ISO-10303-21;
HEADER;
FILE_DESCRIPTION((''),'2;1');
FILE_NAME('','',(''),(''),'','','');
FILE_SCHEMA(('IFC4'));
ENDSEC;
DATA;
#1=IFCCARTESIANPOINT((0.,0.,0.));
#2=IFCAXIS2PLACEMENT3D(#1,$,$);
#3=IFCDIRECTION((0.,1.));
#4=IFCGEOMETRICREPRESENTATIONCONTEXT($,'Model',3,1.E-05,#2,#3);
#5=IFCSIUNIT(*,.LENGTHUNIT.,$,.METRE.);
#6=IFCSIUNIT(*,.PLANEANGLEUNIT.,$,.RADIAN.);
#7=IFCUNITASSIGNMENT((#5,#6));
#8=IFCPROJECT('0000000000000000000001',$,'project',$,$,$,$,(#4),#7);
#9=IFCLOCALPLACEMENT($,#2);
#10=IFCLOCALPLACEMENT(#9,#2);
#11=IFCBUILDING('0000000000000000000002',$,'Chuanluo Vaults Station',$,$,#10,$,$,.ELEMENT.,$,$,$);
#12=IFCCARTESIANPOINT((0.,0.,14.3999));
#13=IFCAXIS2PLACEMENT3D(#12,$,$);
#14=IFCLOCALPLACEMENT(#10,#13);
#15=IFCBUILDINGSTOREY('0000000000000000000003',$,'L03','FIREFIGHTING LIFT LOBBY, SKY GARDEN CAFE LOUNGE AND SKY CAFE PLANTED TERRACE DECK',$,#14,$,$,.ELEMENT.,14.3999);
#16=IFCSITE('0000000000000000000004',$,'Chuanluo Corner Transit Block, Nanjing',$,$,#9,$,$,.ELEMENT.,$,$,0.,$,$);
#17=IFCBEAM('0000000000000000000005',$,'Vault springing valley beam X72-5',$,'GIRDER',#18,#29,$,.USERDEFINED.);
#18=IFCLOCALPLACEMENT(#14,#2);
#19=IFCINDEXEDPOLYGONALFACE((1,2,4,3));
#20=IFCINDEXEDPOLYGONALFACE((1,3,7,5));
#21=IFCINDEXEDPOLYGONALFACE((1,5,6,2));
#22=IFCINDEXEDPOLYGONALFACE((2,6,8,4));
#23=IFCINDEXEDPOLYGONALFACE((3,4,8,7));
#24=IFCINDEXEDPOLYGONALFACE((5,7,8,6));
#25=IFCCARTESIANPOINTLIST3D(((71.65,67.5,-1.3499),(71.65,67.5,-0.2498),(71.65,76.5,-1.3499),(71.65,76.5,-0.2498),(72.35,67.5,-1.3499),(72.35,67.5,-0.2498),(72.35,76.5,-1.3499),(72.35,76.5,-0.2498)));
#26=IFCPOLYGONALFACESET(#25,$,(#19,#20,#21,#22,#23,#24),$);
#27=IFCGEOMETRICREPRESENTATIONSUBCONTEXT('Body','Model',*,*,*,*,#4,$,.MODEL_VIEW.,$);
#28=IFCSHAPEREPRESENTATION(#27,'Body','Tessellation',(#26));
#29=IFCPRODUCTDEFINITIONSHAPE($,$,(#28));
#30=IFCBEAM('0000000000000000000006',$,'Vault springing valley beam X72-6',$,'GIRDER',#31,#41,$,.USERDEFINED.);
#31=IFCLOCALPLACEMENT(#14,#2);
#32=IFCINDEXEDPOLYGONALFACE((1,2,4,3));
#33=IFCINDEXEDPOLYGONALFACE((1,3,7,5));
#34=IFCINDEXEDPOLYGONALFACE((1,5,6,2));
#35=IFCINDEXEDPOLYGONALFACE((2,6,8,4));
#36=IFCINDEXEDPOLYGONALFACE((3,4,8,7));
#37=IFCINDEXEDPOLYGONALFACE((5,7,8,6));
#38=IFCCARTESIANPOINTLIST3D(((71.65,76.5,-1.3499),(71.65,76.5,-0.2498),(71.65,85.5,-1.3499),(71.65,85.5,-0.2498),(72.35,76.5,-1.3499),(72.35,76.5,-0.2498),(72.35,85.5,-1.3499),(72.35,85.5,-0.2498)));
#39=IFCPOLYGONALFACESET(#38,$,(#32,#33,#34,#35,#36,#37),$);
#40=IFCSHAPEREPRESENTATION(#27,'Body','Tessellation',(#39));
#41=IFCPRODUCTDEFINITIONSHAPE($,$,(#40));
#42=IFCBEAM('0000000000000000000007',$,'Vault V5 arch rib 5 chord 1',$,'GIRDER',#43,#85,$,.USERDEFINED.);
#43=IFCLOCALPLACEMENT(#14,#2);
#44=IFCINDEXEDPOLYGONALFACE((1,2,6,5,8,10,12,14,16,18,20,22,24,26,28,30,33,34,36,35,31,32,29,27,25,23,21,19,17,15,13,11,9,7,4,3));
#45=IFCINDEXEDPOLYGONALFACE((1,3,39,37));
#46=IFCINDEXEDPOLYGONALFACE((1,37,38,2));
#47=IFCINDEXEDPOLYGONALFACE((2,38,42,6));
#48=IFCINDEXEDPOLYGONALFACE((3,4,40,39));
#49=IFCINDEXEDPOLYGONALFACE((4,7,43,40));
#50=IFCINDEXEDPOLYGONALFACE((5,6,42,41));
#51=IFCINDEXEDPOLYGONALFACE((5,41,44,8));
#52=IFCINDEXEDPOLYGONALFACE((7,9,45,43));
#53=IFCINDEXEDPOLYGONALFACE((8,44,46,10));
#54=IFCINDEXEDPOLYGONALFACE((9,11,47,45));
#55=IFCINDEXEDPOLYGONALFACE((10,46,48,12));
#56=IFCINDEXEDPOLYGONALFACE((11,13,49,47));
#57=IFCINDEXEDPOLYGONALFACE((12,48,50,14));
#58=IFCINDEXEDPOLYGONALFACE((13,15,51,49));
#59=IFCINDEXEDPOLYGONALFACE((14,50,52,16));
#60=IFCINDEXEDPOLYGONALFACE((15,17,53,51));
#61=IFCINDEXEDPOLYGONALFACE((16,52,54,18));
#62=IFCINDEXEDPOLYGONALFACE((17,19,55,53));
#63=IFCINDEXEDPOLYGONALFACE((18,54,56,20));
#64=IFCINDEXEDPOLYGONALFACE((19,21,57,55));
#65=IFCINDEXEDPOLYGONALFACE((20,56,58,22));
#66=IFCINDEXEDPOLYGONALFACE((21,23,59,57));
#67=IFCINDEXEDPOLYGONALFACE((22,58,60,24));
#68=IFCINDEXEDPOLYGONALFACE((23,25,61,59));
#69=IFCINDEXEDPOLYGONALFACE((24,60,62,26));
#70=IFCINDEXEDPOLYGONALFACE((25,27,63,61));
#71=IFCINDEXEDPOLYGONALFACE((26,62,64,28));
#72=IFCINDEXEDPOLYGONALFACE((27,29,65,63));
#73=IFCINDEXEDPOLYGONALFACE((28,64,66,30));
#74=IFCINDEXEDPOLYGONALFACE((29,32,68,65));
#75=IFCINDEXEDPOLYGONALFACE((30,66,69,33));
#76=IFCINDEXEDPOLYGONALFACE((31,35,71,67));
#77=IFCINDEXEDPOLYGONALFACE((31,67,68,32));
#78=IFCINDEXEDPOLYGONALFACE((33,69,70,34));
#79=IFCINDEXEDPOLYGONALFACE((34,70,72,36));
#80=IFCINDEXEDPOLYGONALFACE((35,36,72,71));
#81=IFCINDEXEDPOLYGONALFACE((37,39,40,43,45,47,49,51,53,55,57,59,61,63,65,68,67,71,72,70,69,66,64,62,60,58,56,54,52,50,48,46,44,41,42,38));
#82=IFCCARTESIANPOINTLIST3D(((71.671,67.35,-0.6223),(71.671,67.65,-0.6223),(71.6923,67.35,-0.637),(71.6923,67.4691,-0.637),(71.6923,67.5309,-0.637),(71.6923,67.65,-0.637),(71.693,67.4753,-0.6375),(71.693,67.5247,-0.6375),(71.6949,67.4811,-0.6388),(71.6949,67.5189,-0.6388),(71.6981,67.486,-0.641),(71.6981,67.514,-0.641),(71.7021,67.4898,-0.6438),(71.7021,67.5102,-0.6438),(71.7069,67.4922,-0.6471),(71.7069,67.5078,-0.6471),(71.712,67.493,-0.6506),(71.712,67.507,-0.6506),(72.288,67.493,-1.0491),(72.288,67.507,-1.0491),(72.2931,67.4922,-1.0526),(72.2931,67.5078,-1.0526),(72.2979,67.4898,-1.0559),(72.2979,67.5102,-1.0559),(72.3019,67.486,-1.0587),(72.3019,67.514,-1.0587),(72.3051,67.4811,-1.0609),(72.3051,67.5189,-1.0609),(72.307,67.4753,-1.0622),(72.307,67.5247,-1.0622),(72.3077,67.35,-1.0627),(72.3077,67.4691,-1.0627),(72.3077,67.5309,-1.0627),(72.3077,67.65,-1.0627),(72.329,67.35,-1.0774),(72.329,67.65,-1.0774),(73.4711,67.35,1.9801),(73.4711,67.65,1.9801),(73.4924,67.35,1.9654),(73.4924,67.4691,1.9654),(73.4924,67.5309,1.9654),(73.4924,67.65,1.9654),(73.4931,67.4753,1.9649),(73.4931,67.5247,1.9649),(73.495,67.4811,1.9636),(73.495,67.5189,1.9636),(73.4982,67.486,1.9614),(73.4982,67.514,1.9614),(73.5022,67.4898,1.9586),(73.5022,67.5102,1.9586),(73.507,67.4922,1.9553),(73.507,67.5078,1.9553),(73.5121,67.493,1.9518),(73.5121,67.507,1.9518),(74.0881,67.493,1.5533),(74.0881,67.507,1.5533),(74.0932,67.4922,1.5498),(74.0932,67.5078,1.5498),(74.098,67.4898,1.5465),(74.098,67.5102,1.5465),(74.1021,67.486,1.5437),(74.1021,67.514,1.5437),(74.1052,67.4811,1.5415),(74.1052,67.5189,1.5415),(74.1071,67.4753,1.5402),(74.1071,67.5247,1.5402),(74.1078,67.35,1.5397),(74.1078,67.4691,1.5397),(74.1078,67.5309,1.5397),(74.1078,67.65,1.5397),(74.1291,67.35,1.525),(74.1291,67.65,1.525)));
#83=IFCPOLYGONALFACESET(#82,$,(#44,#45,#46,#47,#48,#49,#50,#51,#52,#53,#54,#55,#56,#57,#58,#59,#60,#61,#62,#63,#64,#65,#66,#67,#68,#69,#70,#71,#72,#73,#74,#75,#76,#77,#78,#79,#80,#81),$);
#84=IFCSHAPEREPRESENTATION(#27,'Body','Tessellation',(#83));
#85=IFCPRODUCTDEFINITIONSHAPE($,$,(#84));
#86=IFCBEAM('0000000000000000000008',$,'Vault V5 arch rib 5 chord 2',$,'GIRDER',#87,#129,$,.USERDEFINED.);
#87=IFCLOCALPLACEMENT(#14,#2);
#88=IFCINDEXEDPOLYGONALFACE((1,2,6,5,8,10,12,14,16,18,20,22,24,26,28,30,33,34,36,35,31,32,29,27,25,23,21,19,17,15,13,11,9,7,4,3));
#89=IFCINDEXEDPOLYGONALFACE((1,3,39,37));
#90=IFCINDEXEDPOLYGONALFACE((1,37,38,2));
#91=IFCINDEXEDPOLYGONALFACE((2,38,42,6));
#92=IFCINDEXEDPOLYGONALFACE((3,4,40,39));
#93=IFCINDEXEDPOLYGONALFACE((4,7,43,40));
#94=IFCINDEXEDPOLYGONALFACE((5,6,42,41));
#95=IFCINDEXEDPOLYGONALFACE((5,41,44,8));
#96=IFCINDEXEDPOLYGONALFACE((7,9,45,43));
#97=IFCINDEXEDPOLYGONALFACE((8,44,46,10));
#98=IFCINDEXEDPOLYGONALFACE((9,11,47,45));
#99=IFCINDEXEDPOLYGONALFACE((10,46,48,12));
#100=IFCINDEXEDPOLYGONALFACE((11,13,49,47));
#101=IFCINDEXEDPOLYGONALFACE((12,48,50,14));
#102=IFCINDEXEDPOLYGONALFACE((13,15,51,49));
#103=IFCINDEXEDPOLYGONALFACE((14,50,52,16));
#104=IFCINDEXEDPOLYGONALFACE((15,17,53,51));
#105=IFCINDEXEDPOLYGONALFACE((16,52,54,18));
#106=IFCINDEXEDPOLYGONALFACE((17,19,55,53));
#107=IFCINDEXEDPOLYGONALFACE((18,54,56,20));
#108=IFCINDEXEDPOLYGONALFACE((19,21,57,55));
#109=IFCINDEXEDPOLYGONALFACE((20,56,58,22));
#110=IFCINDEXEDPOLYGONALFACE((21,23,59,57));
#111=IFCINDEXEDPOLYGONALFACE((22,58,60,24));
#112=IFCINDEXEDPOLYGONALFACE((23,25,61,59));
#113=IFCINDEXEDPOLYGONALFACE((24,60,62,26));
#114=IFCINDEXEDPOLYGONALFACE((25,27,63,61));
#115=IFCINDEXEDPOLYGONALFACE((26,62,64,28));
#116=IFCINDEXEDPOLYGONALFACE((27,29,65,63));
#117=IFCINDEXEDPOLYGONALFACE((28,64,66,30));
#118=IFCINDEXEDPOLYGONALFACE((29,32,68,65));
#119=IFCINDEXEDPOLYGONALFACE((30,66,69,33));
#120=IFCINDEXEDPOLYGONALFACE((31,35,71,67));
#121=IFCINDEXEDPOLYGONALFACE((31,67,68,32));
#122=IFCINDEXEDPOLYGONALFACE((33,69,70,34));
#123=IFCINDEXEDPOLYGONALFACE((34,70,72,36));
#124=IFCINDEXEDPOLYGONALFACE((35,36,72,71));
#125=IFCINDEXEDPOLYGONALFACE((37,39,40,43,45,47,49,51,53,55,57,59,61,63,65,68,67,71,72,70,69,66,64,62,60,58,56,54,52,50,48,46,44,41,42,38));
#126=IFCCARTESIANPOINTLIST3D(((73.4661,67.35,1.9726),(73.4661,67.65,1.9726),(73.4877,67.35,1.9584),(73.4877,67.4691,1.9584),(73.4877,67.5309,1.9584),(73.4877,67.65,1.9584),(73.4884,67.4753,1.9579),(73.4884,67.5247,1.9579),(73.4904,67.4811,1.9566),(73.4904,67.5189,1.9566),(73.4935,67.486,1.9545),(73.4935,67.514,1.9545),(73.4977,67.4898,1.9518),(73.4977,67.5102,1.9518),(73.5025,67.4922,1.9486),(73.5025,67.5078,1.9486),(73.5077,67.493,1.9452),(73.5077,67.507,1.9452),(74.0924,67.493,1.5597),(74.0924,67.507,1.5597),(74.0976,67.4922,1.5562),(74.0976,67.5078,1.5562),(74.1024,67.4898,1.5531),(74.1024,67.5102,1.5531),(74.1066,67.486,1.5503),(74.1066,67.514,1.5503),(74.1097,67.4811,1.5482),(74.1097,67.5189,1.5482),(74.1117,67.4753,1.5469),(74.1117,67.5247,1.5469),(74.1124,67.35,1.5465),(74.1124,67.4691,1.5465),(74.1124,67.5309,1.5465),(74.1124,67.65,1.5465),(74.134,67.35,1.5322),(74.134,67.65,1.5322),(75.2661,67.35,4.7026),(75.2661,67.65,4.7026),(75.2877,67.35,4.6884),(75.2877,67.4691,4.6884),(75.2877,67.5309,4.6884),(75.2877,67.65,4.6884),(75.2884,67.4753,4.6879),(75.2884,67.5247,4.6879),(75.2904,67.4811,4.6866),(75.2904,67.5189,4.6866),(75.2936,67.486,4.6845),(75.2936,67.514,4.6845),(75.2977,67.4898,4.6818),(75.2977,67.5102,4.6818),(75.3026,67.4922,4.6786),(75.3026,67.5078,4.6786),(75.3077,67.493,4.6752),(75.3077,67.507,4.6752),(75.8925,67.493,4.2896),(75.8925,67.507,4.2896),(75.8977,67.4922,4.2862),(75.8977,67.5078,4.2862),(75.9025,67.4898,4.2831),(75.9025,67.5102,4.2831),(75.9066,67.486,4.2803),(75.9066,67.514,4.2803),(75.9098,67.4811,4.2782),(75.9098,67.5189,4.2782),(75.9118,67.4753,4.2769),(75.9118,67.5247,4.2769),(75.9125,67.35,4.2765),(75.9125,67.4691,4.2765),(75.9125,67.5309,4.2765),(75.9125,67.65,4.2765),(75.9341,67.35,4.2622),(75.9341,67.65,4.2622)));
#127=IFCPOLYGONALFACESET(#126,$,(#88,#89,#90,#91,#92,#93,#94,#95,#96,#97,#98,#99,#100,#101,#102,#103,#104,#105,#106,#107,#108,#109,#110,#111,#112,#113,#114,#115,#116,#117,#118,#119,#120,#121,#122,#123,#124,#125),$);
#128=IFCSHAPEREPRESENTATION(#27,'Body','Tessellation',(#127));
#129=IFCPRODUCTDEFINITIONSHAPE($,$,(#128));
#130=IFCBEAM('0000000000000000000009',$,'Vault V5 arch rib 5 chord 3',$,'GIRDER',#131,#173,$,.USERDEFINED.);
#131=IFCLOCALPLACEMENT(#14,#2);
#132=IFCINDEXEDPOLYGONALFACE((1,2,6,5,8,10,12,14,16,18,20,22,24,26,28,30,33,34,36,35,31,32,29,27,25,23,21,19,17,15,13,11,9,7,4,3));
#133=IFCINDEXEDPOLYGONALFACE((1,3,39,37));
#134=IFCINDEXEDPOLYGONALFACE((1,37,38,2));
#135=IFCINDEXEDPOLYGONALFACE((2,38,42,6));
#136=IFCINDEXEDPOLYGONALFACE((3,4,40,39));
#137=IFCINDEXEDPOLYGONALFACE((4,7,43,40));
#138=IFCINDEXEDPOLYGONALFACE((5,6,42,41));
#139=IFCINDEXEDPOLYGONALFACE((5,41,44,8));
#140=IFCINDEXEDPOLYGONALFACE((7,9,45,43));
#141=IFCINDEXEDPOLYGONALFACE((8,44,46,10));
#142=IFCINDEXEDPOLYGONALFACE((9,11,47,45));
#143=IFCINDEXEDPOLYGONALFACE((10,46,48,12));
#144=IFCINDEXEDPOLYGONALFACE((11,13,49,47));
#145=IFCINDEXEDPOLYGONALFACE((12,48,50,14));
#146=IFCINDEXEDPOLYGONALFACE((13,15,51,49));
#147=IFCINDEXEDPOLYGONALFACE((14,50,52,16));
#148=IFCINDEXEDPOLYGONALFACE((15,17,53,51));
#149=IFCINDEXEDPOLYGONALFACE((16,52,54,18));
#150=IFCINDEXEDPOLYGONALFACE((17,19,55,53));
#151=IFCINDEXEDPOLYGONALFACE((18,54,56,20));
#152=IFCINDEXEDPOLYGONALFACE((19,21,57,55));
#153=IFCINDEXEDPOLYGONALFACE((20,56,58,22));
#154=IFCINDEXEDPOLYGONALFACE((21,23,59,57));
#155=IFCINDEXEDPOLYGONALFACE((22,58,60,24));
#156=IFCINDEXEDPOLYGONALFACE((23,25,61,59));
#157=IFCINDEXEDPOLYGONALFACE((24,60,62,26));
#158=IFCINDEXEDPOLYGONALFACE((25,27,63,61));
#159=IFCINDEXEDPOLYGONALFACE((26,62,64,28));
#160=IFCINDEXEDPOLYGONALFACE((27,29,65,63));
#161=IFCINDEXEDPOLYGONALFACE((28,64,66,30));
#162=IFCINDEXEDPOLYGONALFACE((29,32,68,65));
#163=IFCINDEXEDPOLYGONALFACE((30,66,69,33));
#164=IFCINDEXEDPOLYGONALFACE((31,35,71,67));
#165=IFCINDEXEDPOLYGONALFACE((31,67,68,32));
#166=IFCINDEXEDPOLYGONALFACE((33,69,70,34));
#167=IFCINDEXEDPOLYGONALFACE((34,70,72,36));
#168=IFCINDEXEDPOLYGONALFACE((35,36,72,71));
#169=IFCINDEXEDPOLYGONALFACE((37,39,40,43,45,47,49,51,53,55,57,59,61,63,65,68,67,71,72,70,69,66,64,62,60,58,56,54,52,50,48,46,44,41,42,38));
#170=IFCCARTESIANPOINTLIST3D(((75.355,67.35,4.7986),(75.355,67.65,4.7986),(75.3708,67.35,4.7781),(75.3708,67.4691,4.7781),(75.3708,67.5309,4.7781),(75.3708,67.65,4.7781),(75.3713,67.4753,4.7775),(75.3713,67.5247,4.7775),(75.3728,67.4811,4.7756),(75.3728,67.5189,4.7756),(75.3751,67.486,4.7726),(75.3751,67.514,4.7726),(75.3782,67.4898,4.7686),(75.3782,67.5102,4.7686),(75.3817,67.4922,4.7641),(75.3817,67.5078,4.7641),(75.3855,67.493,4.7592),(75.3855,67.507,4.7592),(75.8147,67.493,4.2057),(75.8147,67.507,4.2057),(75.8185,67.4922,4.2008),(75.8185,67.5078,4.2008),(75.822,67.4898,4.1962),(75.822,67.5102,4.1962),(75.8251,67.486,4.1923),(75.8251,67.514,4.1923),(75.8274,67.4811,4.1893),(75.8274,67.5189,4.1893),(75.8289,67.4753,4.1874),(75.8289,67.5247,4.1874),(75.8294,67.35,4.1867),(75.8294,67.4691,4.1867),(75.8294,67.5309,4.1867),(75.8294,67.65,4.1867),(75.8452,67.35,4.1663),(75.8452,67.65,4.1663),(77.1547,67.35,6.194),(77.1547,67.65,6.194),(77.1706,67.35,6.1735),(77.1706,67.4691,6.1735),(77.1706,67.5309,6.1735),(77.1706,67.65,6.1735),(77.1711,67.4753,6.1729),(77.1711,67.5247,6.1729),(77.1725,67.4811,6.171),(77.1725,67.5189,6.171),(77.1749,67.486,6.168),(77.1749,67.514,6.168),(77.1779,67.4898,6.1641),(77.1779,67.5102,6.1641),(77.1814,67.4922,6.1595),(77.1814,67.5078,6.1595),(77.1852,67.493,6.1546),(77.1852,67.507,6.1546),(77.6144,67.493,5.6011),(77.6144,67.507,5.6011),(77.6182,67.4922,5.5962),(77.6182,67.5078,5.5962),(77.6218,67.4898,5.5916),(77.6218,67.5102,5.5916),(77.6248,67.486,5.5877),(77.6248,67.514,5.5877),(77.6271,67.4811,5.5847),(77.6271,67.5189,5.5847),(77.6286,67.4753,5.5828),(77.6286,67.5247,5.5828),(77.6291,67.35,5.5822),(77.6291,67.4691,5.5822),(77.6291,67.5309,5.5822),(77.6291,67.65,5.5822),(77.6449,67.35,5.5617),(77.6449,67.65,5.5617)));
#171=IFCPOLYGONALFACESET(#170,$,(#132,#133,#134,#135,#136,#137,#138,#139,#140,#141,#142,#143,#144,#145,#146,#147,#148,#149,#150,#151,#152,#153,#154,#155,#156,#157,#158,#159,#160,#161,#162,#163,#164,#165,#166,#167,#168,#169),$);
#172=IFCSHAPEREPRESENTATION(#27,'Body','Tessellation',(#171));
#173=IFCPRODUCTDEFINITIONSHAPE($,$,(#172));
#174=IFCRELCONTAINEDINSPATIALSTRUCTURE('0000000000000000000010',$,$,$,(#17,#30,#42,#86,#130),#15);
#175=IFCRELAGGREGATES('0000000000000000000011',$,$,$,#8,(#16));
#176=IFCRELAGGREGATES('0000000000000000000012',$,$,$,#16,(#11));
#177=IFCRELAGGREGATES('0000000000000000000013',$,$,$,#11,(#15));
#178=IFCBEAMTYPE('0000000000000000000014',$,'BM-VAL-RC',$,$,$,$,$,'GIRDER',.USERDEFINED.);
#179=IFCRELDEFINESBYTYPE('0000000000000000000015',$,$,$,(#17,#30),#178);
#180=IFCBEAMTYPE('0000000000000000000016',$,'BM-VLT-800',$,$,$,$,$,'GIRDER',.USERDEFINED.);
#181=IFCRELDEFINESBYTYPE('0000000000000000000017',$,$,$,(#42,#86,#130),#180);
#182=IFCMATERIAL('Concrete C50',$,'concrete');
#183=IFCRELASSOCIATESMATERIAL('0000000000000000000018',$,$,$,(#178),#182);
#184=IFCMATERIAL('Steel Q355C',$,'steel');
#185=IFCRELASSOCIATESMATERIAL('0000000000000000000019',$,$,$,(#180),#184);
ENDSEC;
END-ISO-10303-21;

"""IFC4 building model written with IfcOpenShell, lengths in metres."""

from ifc_helpers import new_model, si_unit, direction, frame, origin, origin_2d, place, context, subcontext, project, spatial, rectangle, i_section, extrude, material, material_profile, profile_set, type_object, element, save


model = new_model("IFC4")

# Units and contexts
model_context = context("Model", 3, precision=1e-05, world=origin(), true_north=direction((0.0, 1.0)))
body_context = subcontext(model_context, "Body", "Model", "MODEL_VIEW")
ifc_project = project(units=[si_unit("LENGTHUNIT", "METRE"), si_unit("PLANEANGLEUNIT", "RADIAN")], contexts=[model_context])

# Site, building, storey
site_placement = place(None, origin())
site = spatial("IfcSite", under=ifc_project, at=site_placement, Name="Chuanluo Corner Transit Block, Nanjing", CompositionType="ELEMENT", RefElevation=0.0)
building_placement = place(site_placement, origin())
building = spatial("IfcBuilding", under=site, at=building_placement, Name="Chuanluo Vaults Station", CompositionType="ELEMENT")
storey_placement = place(building_placement, frame((0.0, 0.0, 14.3999)))
storey = spatial("IfcBuildingStorey", under=building, at=storey_placement, Name="L03", Description="FIREFIGHTING LIFT LOBBY, SKY GARDEN CAFE LOUNGE AND SKY CAFE PLANTED TERRACE DECK", CompositionType="ELEMENT", Elevation=14.3999)

# Beams
ifc_material_1 = material(Name="Concrete C50", Category="concrete")
ifc_material_profile_1 = material_profile(ifc_material_1, rectangle(XDim=0.7, YDim=1.1001, at=origin_2d()))
ifc_profile_set_1 = profile_set([ifc_material_profile_1], Name="Concrete C50")
beam_type_1 = type_object("IfcBeamType", Name="BM-VAL-RC", ElementType="GIRDER", PredefinedType="USERDEFINED", material=ifc_profile_set_1)
for number, where, z_axis, x_axis, name in (
    (1, (72.0, 67.5, -0.7998), (0.0, 1.0, 0.0), (-1.0, 0.0, 0.0), "Vault springing valley beam X72-5"),
    (2, (72.0, 76.5, -0.7998), (0.0, 1.0, 0.0), (-1.0, 0.0, 0.0), "Vault springing valley beam X72-6"),
):
    element("IfcBeam", number, at=place(storey_placement, frame(where, z_axis=z_axis, x_axis=x_axis)), inside=storey, type_object=beam_type_1, Name=name, ObjectType="GIRDER", PredefinedType="USERDEFINED", context=body_context, shape_type="SweptSolid", body=[
        extrude(rectangle(XDim=0.7, YDim=1.1001, at=origin_2d()), origin(), (0.0, 0.0, 1.0), 9.0),
    ])
ifc_material_2 = material(Name="Steel Q355C", Category="steel")
ifc_material_profile_2 = material_profile(ifc_material_2, i_section(OverallWidth=0.3, OverallDepth=0.8, WebThickness=0.0139, FlangeThickness=0.0259, FilletRadius=0.0239, at=origin_2d()))
ifc_profile_set_2 = profile_set([ifc_material_profile_2], Name="Steel Q355C")
beam_type_2 = type_object("IfcBeamType", Name="BM-VLT-800", ElementType="GIRDER", PredefinedType="USERDEFINED", material=ifc_profile_set_2)
beam_1_placement = place(storey_placement, frame((72.0, 67.5, -0.8499), z_axis=(0.568881, 0.0, 0.82242), x_axis=(0.0, 1.0, 0.0)))
element("IfcBeam", 3, at=beam_1_placement, inside=storey, type_object=beam_type_2, Name="Vault V5 arch rib 5 chord 1", ObjectType="GIRDER", PredefinedType="USERDEFINED", context=body_context, shape_type="SweptSolid", body=[
    extrude(i_section(OverallWidth=0.3, OverallDepth=0.8, WebThickness=0.0139, FlangeThickness=0.0259, FilletRadius=0.0239, at=origin_2d()), origin(), (0.0, 0.0, 1.0), 3.1643),
])
beam_2_placement = place(storey_placement, frame((73.8, 67.5, 1.7524), z_axis=(0.550472, 0.0, 0.834854), x_axis=(0.0, 1.0, 0.0)))
element("IfcBeam", 4, at=beam_2_placement, inside=storey, type_object=beam_type_2, Name="Vault V5 arch rib 5 chord 2", ObjectType="GIRDER", PredefinedType="USERDEFINED", context=body_context, shape_type="SweptSolid", body=[
    extrude(i_section(OverallWidth=0.3, OverallDepth=0.8, WebThickness=0.0139, FlangeThickness=0.0259, FilletRadius=0.0239, at=origin_2d()), origin(), (0.0, 0.0, 1.0), 3.27),
])
beam_3_placement = place(storey_placement, frame((75.6001, 67.5, 4.4824), z_axis=(0.790275, 0.0, 0.612752), x_axis=(0.0, 1.0, 0.0)))
element("IfcBeam", 5, at=beam_3_placement, inside=storey, type_object=beam_type_2, Name="Vault V5 arch rib 5 chord 3", ObjectType="GIRDER", PredefinedType="USERDEFINED", context=body_context, shape_type="SweptSolid", body=[
    extrude(i_section(OverallWidth=0.3, OverallDepth=0.8, WebThickness=0.0139, FlangeThickness=0.0259, FilletRadius=0.0239, at=origin_2d()), origin(), (0.0, 0.0, 1.0), 2.2773),
])

save(model, "model.ifc")
